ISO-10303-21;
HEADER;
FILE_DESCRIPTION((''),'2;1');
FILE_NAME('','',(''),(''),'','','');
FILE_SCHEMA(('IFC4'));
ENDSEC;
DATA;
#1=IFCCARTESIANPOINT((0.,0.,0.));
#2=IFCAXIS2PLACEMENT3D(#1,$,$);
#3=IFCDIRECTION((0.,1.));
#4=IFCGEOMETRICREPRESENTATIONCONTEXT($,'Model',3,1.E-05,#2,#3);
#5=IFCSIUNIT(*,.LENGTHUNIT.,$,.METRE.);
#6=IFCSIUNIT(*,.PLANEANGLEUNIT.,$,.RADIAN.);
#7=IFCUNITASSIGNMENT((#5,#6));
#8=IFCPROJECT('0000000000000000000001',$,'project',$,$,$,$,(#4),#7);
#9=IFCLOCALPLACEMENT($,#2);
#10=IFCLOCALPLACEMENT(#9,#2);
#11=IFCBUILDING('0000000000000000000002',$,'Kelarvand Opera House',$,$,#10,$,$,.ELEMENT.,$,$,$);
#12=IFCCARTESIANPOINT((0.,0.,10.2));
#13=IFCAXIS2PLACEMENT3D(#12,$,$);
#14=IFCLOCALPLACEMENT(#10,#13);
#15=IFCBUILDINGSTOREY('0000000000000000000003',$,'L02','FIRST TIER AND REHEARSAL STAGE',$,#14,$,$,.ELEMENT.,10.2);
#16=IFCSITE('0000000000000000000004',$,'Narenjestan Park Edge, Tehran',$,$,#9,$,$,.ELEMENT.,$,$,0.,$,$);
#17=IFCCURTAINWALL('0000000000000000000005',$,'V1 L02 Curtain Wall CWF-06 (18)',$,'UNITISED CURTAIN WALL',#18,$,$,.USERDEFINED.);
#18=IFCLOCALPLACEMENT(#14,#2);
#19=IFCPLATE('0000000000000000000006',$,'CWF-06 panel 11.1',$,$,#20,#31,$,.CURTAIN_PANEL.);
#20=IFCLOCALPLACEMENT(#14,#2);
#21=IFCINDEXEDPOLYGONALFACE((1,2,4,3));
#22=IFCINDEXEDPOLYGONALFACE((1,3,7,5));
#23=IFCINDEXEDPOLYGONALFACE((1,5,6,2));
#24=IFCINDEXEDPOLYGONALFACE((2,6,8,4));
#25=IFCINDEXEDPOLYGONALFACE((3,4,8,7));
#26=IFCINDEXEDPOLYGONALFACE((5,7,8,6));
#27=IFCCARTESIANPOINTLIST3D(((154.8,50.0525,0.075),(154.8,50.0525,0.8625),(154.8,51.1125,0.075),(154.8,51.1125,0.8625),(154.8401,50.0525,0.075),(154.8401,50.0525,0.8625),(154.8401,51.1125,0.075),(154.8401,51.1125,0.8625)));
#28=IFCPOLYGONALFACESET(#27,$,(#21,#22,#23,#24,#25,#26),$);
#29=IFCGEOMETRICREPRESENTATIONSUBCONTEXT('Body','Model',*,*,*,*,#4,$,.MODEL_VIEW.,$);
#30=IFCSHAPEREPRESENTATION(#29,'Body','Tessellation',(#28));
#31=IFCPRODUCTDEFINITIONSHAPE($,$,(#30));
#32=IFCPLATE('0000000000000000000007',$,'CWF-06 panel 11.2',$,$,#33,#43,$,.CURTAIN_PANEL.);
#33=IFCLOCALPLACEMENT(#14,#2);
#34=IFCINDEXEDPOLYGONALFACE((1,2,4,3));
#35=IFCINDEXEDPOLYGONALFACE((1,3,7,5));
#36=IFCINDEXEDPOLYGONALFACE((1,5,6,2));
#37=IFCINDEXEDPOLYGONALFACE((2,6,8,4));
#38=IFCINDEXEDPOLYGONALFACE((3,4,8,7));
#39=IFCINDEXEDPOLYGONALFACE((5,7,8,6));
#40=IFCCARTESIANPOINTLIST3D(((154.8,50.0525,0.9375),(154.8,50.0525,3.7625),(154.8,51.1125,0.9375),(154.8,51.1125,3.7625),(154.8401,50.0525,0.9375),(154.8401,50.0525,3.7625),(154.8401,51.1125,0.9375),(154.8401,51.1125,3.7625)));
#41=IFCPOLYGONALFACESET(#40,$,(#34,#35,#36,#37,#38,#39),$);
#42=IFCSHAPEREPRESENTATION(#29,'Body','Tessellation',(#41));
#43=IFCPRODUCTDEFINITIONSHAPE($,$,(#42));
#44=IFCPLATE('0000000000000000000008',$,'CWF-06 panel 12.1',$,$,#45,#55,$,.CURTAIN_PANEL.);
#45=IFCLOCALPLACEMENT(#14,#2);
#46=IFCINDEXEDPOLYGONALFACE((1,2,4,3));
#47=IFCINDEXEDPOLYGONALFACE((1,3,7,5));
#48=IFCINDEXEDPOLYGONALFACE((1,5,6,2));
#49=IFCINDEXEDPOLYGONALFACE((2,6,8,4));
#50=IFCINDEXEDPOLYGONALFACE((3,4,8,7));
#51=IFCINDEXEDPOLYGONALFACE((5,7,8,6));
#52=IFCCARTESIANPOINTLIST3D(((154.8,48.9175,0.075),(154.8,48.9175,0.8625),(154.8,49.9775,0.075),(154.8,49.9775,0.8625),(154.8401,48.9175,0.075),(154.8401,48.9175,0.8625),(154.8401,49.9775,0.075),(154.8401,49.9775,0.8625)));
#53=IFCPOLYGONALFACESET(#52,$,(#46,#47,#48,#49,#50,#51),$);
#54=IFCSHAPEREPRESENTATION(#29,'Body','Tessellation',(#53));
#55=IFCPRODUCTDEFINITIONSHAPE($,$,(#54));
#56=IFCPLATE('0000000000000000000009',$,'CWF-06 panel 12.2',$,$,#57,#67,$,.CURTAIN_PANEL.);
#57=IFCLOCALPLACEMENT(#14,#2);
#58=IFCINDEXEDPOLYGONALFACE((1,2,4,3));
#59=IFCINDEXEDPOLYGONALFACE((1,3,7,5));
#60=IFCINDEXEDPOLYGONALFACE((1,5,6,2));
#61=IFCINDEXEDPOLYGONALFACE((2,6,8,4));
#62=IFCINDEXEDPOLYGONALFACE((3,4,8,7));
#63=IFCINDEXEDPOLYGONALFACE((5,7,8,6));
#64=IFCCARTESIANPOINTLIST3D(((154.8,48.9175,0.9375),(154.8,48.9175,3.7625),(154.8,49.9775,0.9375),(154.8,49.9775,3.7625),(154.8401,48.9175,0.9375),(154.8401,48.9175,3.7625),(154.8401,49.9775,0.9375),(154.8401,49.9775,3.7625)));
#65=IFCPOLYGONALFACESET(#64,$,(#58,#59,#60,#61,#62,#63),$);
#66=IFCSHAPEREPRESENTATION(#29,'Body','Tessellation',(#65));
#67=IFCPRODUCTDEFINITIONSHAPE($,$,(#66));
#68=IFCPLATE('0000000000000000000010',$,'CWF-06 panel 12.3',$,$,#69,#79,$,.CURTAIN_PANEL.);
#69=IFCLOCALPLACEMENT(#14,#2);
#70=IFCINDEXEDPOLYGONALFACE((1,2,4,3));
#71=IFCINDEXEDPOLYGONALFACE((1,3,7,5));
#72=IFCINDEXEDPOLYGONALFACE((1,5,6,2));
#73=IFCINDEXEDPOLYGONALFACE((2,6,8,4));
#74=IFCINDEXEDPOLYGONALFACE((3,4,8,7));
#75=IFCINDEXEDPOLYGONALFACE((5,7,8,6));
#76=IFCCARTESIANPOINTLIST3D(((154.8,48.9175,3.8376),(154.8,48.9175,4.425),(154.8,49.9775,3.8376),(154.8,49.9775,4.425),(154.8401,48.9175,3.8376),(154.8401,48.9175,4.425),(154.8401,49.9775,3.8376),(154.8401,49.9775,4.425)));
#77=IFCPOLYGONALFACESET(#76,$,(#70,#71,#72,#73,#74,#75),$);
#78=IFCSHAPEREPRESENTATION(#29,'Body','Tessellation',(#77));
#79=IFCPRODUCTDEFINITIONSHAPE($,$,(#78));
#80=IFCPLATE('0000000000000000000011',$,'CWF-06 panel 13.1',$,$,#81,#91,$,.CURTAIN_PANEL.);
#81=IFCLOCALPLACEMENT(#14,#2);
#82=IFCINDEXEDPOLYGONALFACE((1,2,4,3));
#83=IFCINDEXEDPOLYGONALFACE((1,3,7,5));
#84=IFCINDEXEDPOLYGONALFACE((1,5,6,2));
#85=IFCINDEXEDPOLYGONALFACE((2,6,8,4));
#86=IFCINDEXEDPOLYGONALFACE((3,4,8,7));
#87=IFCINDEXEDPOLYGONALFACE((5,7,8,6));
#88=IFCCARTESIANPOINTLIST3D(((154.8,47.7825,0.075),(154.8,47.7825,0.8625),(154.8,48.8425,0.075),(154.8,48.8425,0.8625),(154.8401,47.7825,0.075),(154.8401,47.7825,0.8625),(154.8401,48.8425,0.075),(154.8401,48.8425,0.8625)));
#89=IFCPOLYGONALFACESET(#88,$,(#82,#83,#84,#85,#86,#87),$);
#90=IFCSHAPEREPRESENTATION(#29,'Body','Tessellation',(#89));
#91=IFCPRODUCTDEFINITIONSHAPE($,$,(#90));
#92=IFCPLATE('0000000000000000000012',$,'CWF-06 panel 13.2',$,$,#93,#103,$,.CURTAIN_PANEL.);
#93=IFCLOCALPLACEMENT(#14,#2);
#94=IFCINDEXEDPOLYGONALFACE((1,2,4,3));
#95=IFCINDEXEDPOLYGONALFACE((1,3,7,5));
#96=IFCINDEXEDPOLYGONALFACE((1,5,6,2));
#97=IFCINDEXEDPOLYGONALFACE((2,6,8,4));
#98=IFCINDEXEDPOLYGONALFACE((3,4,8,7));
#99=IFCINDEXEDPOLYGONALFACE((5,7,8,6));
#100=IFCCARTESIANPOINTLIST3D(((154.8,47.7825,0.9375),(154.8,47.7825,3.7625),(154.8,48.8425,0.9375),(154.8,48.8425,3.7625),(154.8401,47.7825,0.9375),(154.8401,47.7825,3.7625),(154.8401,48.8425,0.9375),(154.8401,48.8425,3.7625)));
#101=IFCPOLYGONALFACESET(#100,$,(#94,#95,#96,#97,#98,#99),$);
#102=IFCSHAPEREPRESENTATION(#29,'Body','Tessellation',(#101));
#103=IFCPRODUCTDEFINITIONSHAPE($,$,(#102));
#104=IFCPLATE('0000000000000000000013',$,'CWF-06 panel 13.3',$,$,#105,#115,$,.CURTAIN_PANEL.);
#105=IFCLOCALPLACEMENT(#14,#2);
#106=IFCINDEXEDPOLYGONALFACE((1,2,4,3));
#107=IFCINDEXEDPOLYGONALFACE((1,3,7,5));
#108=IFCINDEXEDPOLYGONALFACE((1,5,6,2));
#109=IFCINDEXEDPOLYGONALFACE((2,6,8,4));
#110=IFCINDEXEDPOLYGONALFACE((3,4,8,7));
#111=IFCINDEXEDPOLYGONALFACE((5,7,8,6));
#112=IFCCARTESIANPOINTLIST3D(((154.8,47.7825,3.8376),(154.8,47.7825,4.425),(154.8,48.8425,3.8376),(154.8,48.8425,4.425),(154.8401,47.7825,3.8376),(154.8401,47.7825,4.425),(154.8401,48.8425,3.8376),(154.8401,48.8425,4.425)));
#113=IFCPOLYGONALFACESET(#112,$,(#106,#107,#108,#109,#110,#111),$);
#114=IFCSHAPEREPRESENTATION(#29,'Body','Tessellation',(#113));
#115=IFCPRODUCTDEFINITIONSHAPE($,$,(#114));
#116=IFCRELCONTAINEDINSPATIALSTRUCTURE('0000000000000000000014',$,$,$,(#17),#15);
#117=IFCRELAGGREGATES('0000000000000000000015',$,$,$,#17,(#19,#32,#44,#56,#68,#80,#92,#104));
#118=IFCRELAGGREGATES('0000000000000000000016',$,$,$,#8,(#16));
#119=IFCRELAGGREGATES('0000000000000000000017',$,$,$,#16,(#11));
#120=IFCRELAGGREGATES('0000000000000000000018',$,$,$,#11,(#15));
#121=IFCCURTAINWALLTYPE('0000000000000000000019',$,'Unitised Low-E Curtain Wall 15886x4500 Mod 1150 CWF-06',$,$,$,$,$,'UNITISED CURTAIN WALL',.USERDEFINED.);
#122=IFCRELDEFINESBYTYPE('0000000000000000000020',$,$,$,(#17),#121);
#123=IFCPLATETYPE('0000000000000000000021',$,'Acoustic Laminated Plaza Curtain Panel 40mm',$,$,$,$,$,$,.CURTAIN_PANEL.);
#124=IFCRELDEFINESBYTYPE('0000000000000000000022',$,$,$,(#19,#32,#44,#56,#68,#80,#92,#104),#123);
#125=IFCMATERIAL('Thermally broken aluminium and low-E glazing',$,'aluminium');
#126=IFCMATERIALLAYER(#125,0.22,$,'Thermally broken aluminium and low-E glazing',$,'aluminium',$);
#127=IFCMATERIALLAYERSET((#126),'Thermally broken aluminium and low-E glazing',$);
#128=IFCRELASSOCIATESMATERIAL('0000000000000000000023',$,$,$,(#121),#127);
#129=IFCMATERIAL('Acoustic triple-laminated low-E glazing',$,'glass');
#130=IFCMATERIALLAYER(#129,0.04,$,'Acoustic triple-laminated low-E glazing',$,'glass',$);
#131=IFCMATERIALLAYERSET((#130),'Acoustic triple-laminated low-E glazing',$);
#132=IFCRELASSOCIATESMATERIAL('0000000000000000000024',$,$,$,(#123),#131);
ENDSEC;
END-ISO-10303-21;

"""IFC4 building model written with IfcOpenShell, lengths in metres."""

from ifc_helpers import new_model, si_unit, direction, frame, origin, origin_2d, place, context, subcontext, project, spatial, rectangle, extrude, material, layer, layer_set, type_object, element, aggregate, save


model = new_model("IFC4")

# Units and contexts
model_context = context("Model", 3, precision=1e-05, world=origin(), true_north=direction((0.0, 1.0)))
body_context = subcontext(model_context, "Body", "Model", "MODEL_VIEW")
ifc_project = project(units=[si_unit("LENGTHUNIT", "METRE"), si_unit("PLANEANGLEUNIT", "RADIAN")], contexts=[model_context])

# Site, building, storey
site_placement = place(None, origin())
site = spatial("IfcSite", under=ifc_project, at=site_placement, Name="Narenjestan Park Edge, Tehran", CompositionType="ELEMENT", RefElevation=0.0)
building_placement = place(site_placement, origin())
building = spatial("IfcBuilding", under=site, at=building_placement, Name="Kelarvand Opera House", CompositionType="ELEMENT")
storey_placement = place(building_placement, frame((0.0, 0.0, 10.2)))
storey = spatial("IfcBuildingStorey", under=building, at=storey_placement, Name="L02", Description="FIRST TIER AND REHEARSAL STAGE", CompositionType="ELEMENT", Elevation=10.2)

# Curtain wall, plates
ifc_material_1 = material(Name="Thermally broken aluminium and low-E glazing", Category="aluminium")
ifc_layer_1 = layer(ifc_material_1, 0.22, Name="Thermally broken aluminium and low-E glazing", Category="aluminium")
ifc_layer_set_1 = layer_set([ifc_layer_1], Name="Thermally broken aluminium and low-E glazing")
curtain_wall_type = type_object("IfcCurtainWallType", Name="Unitised Low-E Curtain Wall 15886x4500 Mod 1150 CWF-06", ElementType="UNITISED CURTAIN WALL", PredefinedType="USERDEFINED", material=ifc_layer_set_1)
curtain_wall_placement = place(storey_placement, origin())
curtain_wall = element("IfcCurtainWall", 1, at=curtain_wall_placement, inside=storey, type_object=curtain_wall_type, Name="V1 L02 Curtain Wall CWF-06 (18)", ObjectType="UNITISED CURTAIN WALL", PredefinedType="USERDEFINED")
ifc_material_2 = material(Name="Acoustic triple-laminated low-E glazing", Category="glass")
ifc_layer_2 = layer(ifc_material_2, 0.04, Name="Acoustic triple-laminated low-E glazing", Category="glass")
ifc_layer_set_2 = layer_set([ifc_layer_2], Name="Acoustic triple-laminated low-E glazing")
plate_type = type_object("IfcPlateType", Name="Acoustic Laminated Plaza Curtain Panel 40mm", PredefinedType="CURTAIN_PANEL", material=ifc_layer_set_2)
plate_1_placement = place(storey_placement, frame((154.8201, 50.5825, 0.075), z_axis=(0.0, 0.0, 1.0), x_axis=(0.0, -1.0, 0.0)))
plate_1 = element("IfcPlate", 2, at=plate_1_placement, type_object=plate_type, Name="CWF-06 panel 11.1", PredefinedType="CURTAIN_PANEL", context=body_context, shape_type="SweptSolid", body=[
    extrude(rectangle(XDim=1.0601, YDim=0.04, at=origin_2d()), origin(), (0.0, 0.0, 1.0), 0.7876),
])
plate_2_placement = place(storey_placement, frame((154.8201, 50.5825, 0.9375), z_axis=(0.0, 0.0, 1.0), x_axis=(0.0, -1.0, 0.0)))
plate_2 = element("IfcPlate", 3, at=plate_2_placement, type_object=plate_type, Name="CWF-06 panel 11.2", PredefinedType="CURTAIN_PANEL", context=body_context, shape_type="SweptSolid", body=[
    extrude(rectangle(XDim=1.0601, YDim=0.04, at=origin_2d()), origin(), (0.0, 0.0, 1.0), 2.825),
])
plate_3_placement = place(storey_placement, frame((154.8201, 49.4475, 0.075), z_axis=(0.0, 0.0, 1.0), x_axis=(0.0, -1.0, 0.0)))
plate_3 = element("IfcPlate", 4, at=plate_3_placement, type_object=plate_type, Name="CWF-06 panel 12.1", PredefinedType="CURTAIN_PANEL", context=body_context, shape_type="SweptSolid", body=[
    extrude(rectangle(XDim=1.0601, YDim=0.04, at=origin_2d()), origin(), (0.0, 0.0, 1.0), 0.7876),
])
plate_4_placement = place(storey_placement, frame((154.8201, 49.4475, 0.9375), z_axis=(0.0, 0.0, 1.0), x_axis=(0.0, -1.0, 0.0)))
plate_4 = element("IfcPlate", 5, at=plate_4_placement, type_object=plate_type, Name="CWF-06 panel 12.2", PredefinedType="CURTAIN_PANEL", context=body_context, shape_type="SweptSolid", body=[
    extrude(rectangle(XDim=1.0601, YDim=0.04, at=origin_2d()), origin(), (0.0, 0.0, 1.0), 2.825),
])
plate_5_placement = place(storey_placement, frame((154.8201, 49.4475, 3.8376), z_axis=(0.0, 0.0, 1.0), x_axis=(0.0, -1.0, 0.0)))
plate_5 = element("IfcPlate", 6, at=plate_5_placement, type_object=plate_type, Name="CWF-06 panel 12.3", PredefinedType="CURTAIN_PANEL", context=body_context, shape_type="SweptSolid", body=[
    extrude(rectangle(XDim=1.0601, YDim=0.04, at=origin_2d()), origin(), (0.0, 0.0, 1.0), 0.5874),
])
plate_6_placement = place(storey_placement, frame((154.8201, 48.3125, 0.075), z_axis=(0.0, 0.0, 1.0), x_axis=(0.0, -1.0, 0.0)))
plate_6 = element("IfcPlate", 7, at=plate_6_placement, type_object=plate_type, Name="CWF-06 panel 13.1", PredefinedType="CURTAIN_PANEL", context=body_context, shape_type="SweptSolid", body=[
    extrude(rectangle(XDim=1.0601, YDim=0.04, at=origin_2d()), origin(), (0.0, 0.0, 1.0), 0.7876),
])
plate_7_placement = place(storey_placement, frame((154.8201, 48.3125, 0.9375), z_axis=(0.0, 0.0, 1.0), x_axis=(0.0, -1.0, 0.0)))
plate_7 = element("IfcPlate", 8, at=plate_7_placement, type_object=plate_type, Name="CWF-06 panel 13.2", PredefinedType="CURTAIN_PANEL", context=body_context, shape_type="SweptSolid", body=[
    extrude(rectangle(XDim=1.0601, YDim=0.04, at=origin_2d()), origin(), (0.0, 0.0, 1.0), 2.825),
])
plate_8_placement = place(storey_placement, frame((154.8201, 48.3125, 3.8376), z_axis=(0.0, 0.0, 1.0), x_axis=(0.0, -1.0, 0.0)))
plate_8 = element("IfcPlate", 9, at=plate_8_placement, type_object=plate_type, Name="CWF-06 panel 13.3", PredefinedType="CURTAIN_PANEL", context=body_context, shape_type="SweptSolid", body=[
    extrude(rectangle(XDim=1.0601, YDim=0.04, at=origin_2d()), origin(), (0.0, 0.0, 1.0), 0.5874),
])
aggregate(curtain_wall, [plate_1, plate_2, plate_3, plate_4, plate_5, plate_6, plate_7, plate_8])

save(model, "model.ifc")
